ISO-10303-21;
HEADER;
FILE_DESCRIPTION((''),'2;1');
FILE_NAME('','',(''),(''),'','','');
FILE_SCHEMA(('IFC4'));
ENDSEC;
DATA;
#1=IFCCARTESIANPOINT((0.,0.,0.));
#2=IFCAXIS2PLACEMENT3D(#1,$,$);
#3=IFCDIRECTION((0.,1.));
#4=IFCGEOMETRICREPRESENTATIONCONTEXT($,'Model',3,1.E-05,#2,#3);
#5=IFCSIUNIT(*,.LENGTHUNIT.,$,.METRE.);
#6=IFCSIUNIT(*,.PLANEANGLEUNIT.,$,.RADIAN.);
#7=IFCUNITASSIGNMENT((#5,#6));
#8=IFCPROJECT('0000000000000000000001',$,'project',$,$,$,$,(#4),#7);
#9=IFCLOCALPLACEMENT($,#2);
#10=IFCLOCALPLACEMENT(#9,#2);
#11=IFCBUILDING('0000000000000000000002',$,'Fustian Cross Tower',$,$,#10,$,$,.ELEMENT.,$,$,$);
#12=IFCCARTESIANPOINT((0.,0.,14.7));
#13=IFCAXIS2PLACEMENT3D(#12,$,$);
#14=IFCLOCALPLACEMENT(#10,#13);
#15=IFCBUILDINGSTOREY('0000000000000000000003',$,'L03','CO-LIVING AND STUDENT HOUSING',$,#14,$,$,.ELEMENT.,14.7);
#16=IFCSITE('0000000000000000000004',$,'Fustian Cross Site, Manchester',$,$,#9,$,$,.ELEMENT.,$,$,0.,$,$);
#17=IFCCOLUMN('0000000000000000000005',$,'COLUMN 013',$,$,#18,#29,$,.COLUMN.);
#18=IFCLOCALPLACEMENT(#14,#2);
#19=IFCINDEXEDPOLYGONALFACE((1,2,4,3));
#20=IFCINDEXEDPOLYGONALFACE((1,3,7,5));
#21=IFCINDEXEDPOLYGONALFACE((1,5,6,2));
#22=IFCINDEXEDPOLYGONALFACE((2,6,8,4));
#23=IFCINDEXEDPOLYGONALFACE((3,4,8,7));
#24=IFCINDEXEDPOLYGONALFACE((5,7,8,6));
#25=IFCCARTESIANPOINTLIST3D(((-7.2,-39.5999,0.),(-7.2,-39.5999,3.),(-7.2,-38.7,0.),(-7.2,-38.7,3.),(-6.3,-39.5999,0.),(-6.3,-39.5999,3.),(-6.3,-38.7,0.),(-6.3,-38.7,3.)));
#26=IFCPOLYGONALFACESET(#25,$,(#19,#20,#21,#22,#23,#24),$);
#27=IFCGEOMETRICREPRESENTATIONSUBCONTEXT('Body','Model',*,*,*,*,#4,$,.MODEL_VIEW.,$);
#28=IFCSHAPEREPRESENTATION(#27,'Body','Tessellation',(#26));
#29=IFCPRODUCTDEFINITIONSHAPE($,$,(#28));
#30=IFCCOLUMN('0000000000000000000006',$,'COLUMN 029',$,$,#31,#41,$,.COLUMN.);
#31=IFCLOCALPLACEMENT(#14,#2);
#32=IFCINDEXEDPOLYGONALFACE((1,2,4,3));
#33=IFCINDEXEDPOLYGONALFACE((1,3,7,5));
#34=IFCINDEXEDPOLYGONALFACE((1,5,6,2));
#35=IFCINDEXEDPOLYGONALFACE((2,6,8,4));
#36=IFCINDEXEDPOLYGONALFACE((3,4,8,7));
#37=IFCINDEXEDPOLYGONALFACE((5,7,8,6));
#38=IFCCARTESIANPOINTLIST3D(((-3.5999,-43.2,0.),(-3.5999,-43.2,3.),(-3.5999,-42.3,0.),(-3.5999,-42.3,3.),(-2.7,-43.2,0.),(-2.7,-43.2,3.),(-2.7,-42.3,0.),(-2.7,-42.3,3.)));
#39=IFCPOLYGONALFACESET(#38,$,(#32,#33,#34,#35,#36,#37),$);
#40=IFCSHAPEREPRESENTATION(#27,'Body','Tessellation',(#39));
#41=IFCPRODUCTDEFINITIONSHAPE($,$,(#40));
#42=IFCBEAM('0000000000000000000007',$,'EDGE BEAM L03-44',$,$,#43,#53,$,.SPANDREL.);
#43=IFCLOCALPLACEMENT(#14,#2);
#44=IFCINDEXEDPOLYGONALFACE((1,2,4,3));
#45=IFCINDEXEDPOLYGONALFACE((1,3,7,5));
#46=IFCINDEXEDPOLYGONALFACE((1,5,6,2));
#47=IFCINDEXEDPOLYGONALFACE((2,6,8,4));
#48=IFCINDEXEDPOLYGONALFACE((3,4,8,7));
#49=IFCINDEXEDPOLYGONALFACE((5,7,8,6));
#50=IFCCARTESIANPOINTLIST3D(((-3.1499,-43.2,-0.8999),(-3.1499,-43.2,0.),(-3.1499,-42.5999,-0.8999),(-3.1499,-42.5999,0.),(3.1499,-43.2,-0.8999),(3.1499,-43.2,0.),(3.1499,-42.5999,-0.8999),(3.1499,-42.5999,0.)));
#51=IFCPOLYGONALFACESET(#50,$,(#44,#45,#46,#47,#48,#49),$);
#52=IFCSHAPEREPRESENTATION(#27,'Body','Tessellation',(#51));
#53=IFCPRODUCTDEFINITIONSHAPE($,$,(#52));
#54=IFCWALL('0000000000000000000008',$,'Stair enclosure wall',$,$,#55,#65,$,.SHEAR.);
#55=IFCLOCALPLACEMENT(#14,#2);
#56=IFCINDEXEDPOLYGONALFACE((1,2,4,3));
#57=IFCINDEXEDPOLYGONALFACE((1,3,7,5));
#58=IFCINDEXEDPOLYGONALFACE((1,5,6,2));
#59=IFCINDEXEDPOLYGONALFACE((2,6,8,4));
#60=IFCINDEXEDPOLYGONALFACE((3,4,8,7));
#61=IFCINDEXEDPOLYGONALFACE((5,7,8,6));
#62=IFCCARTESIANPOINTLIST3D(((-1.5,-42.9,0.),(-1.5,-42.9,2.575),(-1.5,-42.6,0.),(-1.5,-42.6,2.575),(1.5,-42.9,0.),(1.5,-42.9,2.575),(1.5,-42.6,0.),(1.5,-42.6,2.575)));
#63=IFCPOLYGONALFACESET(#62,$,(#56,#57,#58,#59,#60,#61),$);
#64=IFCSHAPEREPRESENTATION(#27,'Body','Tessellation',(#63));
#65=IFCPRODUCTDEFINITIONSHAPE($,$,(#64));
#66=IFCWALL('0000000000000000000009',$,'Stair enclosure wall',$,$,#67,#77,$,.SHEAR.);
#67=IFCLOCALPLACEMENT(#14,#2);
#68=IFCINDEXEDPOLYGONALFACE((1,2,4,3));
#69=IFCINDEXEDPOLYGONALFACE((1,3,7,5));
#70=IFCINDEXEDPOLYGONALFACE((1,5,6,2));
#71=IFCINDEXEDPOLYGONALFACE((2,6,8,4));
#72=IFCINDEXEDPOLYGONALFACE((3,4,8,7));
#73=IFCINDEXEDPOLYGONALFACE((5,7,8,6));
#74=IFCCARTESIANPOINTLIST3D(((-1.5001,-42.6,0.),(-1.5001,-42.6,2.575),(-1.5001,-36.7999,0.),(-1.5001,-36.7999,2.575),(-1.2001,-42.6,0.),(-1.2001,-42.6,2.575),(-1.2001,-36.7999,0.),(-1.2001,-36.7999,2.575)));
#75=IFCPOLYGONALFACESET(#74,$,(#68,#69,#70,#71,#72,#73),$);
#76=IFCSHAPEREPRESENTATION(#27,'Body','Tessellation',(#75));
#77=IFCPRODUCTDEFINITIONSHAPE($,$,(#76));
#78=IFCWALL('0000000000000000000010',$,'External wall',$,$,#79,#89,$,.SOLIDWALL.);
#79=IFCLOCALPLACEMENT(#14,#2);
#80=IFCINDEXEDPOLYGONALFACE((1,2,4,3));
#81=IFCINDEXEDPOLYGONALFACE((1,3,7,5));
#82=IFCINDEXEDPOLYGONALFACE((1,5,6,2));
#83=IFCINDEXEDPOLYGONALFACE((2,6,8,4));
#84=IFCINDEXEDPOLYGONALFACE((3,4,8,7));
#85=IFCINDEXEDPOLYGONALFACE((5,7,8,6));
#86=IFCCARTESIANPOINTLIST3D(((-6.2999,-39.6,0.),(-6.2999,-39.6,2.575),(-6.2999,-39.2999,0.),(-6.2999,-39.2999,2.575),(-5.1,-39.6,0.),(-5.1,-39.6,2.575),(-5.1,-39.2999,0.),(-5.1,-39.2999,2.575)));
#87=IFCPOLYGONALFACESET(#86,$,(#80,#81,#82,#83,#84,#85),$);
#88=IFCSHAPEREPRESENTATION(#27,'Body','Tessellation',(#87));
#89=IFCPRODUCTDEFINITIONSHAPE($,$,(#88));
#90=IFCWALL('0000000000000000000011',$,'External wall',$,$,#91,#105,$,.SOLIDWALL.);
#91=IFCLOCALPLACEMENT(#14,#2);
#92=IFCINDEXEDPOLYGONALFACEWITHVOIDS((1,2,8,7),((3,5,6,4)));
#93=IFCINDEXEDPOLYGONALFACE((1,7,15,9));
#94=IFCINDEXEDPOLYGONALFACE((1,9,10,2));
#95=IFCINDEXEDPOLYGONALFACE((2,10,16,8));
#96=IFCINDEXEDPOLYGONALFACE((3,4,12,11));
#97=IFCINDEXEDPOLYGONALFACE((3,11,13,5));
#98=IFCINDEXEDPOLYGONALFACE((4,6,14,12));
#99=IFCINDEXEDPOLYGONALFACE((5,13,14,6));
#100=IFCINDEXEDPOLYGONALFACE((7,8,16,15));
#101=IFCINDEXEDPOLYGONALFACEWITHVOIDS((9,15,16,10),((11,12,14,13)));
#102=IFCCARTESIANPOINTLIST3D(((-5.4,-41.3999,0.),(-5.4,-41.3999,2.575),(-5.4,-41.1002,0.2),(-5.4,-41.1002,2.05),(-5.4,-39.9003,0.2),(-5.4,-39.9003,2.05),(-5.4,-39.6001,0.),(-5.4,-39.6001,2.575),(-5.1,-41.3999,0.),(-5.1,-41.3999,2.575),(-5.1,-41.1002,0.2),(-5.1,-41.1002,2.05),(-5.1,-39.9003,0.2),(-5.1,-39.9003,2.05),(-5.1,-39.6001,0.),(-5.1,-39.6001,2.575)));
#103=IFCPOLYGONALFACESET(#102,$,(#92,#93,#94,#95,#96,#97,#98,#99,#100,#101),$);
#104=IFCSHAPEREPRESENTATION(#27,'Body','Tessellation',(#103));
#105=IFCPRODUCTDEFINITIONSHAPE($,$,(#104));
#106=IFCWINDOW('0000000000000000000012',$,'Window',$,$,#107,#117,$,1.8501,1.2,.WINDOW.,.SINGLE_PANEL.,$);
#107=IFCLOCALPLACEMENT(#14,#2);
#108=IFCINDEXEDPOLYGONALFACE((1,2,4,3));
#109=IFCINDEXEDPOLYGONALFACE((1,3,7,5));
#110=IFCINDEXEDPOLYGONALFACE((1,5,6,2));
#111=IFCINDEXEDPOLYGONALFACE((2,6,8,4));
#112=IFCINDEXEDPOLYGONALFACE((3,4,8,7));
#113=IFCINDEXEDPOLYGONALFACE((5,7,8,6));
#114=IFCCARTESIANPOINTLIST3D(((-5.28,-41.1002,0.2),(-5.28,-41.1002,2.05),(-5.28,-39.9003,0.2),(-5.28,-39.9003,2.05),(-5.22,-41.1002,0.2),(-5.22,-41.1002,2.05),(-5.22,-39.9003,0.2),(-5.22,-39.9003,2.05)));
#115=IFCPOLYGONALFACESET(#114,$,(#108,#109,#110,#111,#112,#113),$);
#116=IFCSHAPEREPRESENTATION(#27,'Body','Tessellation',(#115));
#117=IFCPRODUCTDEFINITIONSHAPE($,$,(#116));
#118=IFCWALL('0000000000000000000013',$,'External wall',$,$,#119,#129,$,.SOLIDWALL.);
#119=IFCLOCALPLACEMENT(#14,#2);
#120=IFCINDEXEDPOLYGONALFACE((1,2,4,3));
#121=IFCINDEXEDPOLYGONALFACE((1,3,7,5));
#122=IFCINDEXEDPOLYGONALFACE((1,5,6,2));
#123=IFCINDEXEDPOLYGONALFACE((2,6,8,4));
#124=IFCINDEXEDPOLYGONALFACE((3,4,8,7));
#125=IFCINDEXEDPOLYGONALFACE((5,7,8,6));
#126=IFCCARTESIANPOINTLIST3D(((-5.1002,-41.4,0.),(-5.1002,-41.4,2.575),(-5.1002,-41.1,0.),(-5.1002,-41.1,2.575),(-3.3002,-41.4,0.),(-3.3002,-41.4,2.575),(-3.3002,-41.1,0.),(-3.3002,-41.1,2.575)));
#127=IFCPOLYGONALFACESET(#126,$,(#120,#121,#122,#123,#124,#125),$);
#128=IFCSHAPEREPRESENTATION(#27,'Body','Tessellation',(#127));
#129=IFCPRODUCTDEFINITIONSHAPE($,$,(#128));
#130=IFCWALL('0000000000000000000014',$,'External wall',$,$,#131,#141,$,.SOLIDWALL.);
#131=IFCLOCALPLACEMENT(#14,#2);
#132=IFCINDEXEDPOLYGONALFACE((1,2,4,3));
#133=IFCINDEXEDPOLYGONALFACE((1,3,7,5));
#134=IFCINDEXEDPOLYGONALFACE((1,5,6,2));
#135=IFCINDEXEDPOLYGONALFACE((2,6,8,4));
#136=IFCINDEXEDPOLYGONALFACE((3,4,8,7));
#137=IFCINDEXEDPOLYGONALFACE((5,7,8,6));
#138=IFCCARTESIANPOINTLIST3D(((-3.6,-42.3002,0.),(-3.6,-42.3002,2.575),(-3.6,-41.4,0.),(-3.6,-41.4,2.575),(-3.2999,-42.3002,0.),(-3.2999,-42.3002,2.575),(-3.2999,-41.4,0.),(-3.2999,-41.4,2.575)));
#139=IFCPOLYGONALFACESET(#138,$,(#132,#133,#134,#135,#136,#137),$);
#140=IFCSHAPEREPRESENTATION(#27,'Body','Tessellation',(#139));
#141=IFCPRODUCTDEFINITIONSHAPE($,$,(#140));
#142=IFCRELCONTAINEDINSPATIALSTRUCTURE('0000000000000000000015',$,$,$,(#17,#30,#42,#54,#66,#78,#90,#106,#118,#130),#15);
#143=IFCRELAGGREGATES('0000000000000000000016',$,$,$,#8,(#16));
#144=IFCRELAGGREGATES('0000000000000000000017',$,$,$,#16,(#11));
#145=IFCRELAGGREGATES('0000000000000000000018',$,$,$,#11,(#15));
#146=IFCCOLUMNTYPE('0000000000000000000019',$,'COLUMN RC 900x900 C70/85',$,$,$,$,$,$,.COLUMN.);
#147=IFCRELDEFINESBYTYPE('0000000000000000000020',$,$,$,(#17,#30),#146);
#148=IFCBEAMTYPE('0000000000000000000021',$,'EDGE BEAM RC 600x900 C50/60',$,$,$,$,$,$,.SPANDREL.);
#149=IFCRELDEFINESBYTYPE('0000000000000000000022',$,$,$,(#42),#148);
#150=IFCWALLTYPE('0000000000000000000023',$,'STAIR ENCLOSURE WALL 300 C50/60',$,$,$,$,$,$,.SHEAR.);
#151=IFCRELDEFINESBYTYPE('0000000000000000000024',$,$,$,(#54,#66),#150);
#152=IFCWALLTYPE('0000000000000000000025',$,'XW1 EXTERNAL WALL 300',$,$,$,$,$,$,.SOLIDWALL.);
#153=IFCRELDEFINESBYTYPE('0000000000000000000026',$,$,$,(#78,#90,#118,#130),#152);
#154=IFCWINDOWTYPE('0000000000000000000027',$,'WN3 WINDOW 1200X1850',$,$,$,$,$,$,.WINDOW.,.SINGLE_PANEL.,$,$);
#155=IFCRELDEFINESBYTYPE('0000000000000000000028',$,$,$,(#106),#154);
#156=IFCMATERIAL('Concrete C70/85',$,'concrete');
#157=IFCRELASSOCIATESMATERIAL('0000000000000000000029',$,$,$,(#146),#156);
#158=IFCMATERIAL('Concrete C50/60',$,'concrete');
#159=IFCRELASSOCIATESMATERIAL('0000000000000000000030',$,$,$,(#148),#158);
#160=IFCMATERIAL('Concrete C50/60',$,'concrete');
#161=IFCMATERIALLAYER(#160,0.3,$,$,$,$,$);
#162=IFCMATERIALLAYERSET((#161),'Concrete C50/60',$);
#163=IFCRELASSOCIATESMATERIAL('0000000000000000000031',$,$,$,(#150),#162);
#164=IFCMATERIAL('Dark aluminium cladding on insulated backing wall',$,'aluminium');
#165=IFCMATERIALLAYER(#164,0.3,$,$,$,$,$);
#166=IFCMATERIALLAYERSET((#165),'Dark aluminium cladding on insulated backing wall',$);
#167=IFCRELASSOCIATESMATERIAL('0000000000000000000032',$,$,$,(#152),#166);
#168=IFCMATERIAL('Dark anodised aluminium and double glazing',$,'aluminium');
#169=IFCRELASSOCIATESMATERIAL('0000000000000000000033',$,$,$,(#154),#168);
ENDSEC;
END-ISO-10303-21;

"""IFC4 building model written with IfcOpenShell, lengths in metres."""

from ifc_helpers import new_model, si_unit, direction, frame, frame_2d, origin, origin_2d, place, context, subcontext, project, spatial, rectangle, extrude, material, layer, layer_set, material_profile, profile_set, type_object, element, fill, save


model = new_model("IFC4")

# Units and contexts
model_context = context("Model", 3, precision=1e-05, world=origin(), true_north=direction((0.0, 1.0)))
body_context = subcontext(model_context, "Body", "Model", "MODEL_VIEW")
ifc_project = project(units=[si_unit("LENGTHUNIT", "METRE"), si_unit("PLANEANGLEUNIT", "RADIAN")], contexts=[model_context])

# Site, building, storey
site_placement = place(None, origin())
site = spatial("IfcSite", under=ifc_project, at=site_placement, Name="Fustian Cross Site, Manchester", CompositionType="ELEMENT", RefElevation=0.0)
building_placement = place(site_placement, origin())
building = spatial("IfcBuilding", under=site, at=building_placement, Name="Fustian Cross Tower", CompositionType="ELEMENT")
storey_placement = place(building_placement, frame((0.0, 0.0, 14.7)))
storey = spatial("IfcBuildingStorey", under=building, at=storey_placement, Name="L03", Description="CO-LIVING AND STUDENT HOUSING", CompositionType="ELEMENT", Elevation=14.7)

# Columns
ifc_material_1 = material(Name="Concrete C70/85", Category="concrete")
ifc_material_profile_1 = material_profile(ifc_material_1, rectangle(XDim=0.8999, YDim=0.8999, at=origin_2d()), Name="RC 900x900")
ifc_profile_set_1 = profile_set([ifc_material_profile_1], Name="Concrete C70/85")
column_type = type_object("IfcColumnType", Name="COLUMN RC 900x900 C70/85", PredefinedType="COLUMN", material=ifc_profile_set_1)
for number, where, z_axis, x_axis, name in (
    (1, (-6.75, -39.1499, 0.0), (0.0, 0.0, 1.0), (1.0, 0.0, 0.0), "COLUMN 013"),
    (2, (-3.1499, -42.75, 0.0), (0.0, 0.0, 1.0), (1.0, 0.0, 0.0), "COLUMN 029"),
):
    element("IfcColumn", number, at=place(storey_placement, frame(where, z_axis=z_axis, x_axis=x_axis)), inside=storey, type_object=column_type, Name=name, PredefinedType="COLUMN", context=body_context, shape_type="SweptSolid", body=[
        extrude(rectangle(XDim=0.8999, YDim=0.8999, at=origin_2d()), origin(), (0.0, 0.0, 1.0), 3.0),
    ])

# Beam
ifc_material_2 = material(Name="Concrete C50/60", Category="concrete")
ifc_material_profile_2 = material_profile(ifc_material_2, rectangle(XDim=0.6001, YDim=0.8999, at=origin_2d()), Name="RC 600x900")
ifc_profile_set_2 = profile_set([ifc_material_profile_2], Name="Concrete C50/60")
beam_type = type_object("IfcBeamType", Name="EDGE BEAM RC 600x900 C50/60", PredefinedType="SPANDREL", material=ifc_profile_set_2)
beam_placement = place(storey_placement, frame((-3.1499, -42.8999, -0.45), z_axis=(1.0, 0.0, 0.0), x_axis=(0.0, 1.0, 0.0)))
element("IfcBeam", 3, at=beam_placement, inside=storey, type_object=beam_type, Name="EDGE BEAM L03-44", PredefinedType="SPANDREL", context=body_context, shape_type="SweptSolid", body=[
    extrude(rectangle(XDim=0.6001, YDim=0.8999, at=origin_2d()), origin(), (0.0, 0.0, 1.0), 6.2998),
])

# Walls
ifc_material_3 = material(Name="Concrete C50/60", Category="concrete")
ifc_layer_1 = layer(ifc_material_3, 0.3)
ifc_layer_set_1 = layer_set([ifc_layer_1], Name="Concrete C50/60")
wall_type_1 = type_object("IfcWallType", Name="STAIR ENCLOSURE WALL 300 C50/60", PredefinedType="SHEAR", material=ifc_layer_set_1)
wall_1_placement = place(storey_placement, frame((-1.5, -42.75, 0.0), z_axis=(0.0, 0.0, 1.0), x_axis=(1.0, 0.0, 0.0)))
element("IfcWall", 4, at=wall_1_placement, inside=storey, type_object=wall_type_1, Name="Stair enclosure wall", PredefinedType="SHEAR", context=body_context, shape_type="SweptSolid", body=[
    extrude(rectangle(XDim=3.0, YDim=0.3, at=frame_2d((1.5, 0.0))), origin(), (0.0, 0.0, 1.0), 2.575),
])
wall_2_placement = place(storey_placement, frame((-1.3501, -36.8, 0.0), z_axis=(0.0, 0.0, 1.0), x_axis=(0.0, -1.0, 0.0)))
element("IfcWall", 5, at=wall_2_placement, inside=storey, type_object=wall_type_1, Name="Stair enclosure wall", PredefinedType="SHEAR", context=body_context, shape_type="SweptSolid", body=[
    extrude(rectangle(XDim=5.8, YDim=0.3, at=frame_2d((2.8999, 0.0))), origin(), (0.0, 0.0, 1.0), 2.575),
])
ifc_material_4 = material(Name="Dark aluminium cladding on insulated backing wall", Category="aluminium")
ifc_layer_2 = layer(ifc_material_4, 0.3)
ifc_layer_set_2 = layer_set([ifc_layer_2], Name="Dark aluminium cladding on insulated backing wall")
wall_type_2 = type_object("IfcWallType", Name="XW1 EXTERNAL WALL 300", PredefinedType="SOLIDWALL", material=ifc_layer_set_2)
wall_3_placement = place(storey_placement, frame((-6.3, -39.45, 0.0), z_axis=(0.0, 0.0, 1.0), x_axis=(1.0, 0.0, 0.0)))
element("IfcWall", 6, at=wall_3_placement, inside=storey, type_object=wall_type_2, Name="External wall", PredefinedType="SOLIDWALL", context=body_context, shape_type="SweptSolid", body=[
    extrude(rectangle(XDim=1.2, YDim=0.3, at=frame_2d((0.6001, 0.0))), origin(), (0.0, 0.0, 1.0), 2.575),
])

# Wall, opening, window
wall_4_placement = place(storey_placement, frame((-5.25, -39.6001, 0.0), z_axis=(0.0, 0.0, 1.0), x_axis=(0.0, -1.0, 0.0)))
wall_4 = element("IfcWall", 7, at=wall_4_placement, inside=storey, type_object=wall_type_2, Name="External wall", PredefinedType="SOLIDWALL", context=body_context, shape_type="SweptSolid", body=[
    extrude(rectangle(XDim=1.7998, YDim=0.3, at=frame_2d((0.8999, 0.0))), origin(), (0.0, 0.0, 1.0), 2.575),
])
opening_1_placement = place(wall_4_placement, frame((0.3, 0.0, 0.2)))
opening_1 = element("IfcOpeningElement", 8, at=opening_1_placement, cuts=wall_4, PredefinedType="OPENING", context=body_context, shape_type="SweptSolid", body=[
    extrude(rectangle(XDim=1.2, YDim=1.8501, at=frame_2d((0.6001, 0.925))), frame((0.0, 0.1599, 0.0), z_axis=(0.0, -1.0, 0.0), x_axis=(1.0, 0.0, 0.0)), (0.0, 0.0, 1.0), 0.3201),
])
ifc_material_5 = material(Name="Dark anodised aluminium and double glazing", Category="aluminium")
window_type_1 = type_object("IfcWindowType", Name="WN3 WINDOW 1200X1850", PartitioningType="SINGLE_PANEL", PredefinedType="WINDOW", material=ifc_material_5)
window_1_placement = place(opening_1_placement, origin())
window_1 = element("IfcWindow", 9, at=window_1_placement, inside=storey, type_object=window_type_1, Name="Window", OverallHeight=1.8501, OverallWidth=1.2, PartitioningType="SINGLE_PANEL", PredefinedType="WINDOW", context=body_context, shape_type="SweptSolid", body=[
    extrude(rectangle(XDim=1.2, YDim=1.8501, at=frame_2d((0.6001, 0.925))), frame((0.0, 0.03, 0.0), z_axis=(0.0, -1.0, 0.0), x_axis=(1.0, 0.0, 0.0)), (0.0, 0.0, 1.0), 0.0601),
])
fill(opening_1, window_1)

# Walls
wall_5_placement = place(storey_placement, frame((-5.1001, -41.25, 0.0), z_axis=(0.0, 0.0, 1.0), x_axis=(1.0, 0.0, 0.0)))
element("IfcWall", 10, at=wall_5_placement, inside=storey, type_object=wall_type_2, Name="External wall", PredefinedType="SOLIDWALL", context=body_context, shape_type="SweptSolid", body=[
    extrude(rectangle(XDim=1.8, YDim=0.3, at=frame_2d((0.8999, 0.0))), origin(), (0.0, 0.0, 1.0), 2.575),
])
wall_6_placement = place(storey_placement, frame((-3.45, -41.3999, 0.0), z_axis=(0.0, 0.0, 1.0), x_axis=(0.0, -1.0, 0.0)))
element("IfcWall", 11, at=wall_6_placement, inside=storey, type_object=wall_type_2, Name="External wall", PredefinedType="SOLIDWALL", context=body_context, shape_type="SweptSolid", body=[
    extrude(rectangle(XDim=0.9001, YDim=0.3, at=frame_2d((0.4502, 0.0))), origin(), (0.0, 0.0, 1.0), 2.575),
])

save(model, "model.ifc")
